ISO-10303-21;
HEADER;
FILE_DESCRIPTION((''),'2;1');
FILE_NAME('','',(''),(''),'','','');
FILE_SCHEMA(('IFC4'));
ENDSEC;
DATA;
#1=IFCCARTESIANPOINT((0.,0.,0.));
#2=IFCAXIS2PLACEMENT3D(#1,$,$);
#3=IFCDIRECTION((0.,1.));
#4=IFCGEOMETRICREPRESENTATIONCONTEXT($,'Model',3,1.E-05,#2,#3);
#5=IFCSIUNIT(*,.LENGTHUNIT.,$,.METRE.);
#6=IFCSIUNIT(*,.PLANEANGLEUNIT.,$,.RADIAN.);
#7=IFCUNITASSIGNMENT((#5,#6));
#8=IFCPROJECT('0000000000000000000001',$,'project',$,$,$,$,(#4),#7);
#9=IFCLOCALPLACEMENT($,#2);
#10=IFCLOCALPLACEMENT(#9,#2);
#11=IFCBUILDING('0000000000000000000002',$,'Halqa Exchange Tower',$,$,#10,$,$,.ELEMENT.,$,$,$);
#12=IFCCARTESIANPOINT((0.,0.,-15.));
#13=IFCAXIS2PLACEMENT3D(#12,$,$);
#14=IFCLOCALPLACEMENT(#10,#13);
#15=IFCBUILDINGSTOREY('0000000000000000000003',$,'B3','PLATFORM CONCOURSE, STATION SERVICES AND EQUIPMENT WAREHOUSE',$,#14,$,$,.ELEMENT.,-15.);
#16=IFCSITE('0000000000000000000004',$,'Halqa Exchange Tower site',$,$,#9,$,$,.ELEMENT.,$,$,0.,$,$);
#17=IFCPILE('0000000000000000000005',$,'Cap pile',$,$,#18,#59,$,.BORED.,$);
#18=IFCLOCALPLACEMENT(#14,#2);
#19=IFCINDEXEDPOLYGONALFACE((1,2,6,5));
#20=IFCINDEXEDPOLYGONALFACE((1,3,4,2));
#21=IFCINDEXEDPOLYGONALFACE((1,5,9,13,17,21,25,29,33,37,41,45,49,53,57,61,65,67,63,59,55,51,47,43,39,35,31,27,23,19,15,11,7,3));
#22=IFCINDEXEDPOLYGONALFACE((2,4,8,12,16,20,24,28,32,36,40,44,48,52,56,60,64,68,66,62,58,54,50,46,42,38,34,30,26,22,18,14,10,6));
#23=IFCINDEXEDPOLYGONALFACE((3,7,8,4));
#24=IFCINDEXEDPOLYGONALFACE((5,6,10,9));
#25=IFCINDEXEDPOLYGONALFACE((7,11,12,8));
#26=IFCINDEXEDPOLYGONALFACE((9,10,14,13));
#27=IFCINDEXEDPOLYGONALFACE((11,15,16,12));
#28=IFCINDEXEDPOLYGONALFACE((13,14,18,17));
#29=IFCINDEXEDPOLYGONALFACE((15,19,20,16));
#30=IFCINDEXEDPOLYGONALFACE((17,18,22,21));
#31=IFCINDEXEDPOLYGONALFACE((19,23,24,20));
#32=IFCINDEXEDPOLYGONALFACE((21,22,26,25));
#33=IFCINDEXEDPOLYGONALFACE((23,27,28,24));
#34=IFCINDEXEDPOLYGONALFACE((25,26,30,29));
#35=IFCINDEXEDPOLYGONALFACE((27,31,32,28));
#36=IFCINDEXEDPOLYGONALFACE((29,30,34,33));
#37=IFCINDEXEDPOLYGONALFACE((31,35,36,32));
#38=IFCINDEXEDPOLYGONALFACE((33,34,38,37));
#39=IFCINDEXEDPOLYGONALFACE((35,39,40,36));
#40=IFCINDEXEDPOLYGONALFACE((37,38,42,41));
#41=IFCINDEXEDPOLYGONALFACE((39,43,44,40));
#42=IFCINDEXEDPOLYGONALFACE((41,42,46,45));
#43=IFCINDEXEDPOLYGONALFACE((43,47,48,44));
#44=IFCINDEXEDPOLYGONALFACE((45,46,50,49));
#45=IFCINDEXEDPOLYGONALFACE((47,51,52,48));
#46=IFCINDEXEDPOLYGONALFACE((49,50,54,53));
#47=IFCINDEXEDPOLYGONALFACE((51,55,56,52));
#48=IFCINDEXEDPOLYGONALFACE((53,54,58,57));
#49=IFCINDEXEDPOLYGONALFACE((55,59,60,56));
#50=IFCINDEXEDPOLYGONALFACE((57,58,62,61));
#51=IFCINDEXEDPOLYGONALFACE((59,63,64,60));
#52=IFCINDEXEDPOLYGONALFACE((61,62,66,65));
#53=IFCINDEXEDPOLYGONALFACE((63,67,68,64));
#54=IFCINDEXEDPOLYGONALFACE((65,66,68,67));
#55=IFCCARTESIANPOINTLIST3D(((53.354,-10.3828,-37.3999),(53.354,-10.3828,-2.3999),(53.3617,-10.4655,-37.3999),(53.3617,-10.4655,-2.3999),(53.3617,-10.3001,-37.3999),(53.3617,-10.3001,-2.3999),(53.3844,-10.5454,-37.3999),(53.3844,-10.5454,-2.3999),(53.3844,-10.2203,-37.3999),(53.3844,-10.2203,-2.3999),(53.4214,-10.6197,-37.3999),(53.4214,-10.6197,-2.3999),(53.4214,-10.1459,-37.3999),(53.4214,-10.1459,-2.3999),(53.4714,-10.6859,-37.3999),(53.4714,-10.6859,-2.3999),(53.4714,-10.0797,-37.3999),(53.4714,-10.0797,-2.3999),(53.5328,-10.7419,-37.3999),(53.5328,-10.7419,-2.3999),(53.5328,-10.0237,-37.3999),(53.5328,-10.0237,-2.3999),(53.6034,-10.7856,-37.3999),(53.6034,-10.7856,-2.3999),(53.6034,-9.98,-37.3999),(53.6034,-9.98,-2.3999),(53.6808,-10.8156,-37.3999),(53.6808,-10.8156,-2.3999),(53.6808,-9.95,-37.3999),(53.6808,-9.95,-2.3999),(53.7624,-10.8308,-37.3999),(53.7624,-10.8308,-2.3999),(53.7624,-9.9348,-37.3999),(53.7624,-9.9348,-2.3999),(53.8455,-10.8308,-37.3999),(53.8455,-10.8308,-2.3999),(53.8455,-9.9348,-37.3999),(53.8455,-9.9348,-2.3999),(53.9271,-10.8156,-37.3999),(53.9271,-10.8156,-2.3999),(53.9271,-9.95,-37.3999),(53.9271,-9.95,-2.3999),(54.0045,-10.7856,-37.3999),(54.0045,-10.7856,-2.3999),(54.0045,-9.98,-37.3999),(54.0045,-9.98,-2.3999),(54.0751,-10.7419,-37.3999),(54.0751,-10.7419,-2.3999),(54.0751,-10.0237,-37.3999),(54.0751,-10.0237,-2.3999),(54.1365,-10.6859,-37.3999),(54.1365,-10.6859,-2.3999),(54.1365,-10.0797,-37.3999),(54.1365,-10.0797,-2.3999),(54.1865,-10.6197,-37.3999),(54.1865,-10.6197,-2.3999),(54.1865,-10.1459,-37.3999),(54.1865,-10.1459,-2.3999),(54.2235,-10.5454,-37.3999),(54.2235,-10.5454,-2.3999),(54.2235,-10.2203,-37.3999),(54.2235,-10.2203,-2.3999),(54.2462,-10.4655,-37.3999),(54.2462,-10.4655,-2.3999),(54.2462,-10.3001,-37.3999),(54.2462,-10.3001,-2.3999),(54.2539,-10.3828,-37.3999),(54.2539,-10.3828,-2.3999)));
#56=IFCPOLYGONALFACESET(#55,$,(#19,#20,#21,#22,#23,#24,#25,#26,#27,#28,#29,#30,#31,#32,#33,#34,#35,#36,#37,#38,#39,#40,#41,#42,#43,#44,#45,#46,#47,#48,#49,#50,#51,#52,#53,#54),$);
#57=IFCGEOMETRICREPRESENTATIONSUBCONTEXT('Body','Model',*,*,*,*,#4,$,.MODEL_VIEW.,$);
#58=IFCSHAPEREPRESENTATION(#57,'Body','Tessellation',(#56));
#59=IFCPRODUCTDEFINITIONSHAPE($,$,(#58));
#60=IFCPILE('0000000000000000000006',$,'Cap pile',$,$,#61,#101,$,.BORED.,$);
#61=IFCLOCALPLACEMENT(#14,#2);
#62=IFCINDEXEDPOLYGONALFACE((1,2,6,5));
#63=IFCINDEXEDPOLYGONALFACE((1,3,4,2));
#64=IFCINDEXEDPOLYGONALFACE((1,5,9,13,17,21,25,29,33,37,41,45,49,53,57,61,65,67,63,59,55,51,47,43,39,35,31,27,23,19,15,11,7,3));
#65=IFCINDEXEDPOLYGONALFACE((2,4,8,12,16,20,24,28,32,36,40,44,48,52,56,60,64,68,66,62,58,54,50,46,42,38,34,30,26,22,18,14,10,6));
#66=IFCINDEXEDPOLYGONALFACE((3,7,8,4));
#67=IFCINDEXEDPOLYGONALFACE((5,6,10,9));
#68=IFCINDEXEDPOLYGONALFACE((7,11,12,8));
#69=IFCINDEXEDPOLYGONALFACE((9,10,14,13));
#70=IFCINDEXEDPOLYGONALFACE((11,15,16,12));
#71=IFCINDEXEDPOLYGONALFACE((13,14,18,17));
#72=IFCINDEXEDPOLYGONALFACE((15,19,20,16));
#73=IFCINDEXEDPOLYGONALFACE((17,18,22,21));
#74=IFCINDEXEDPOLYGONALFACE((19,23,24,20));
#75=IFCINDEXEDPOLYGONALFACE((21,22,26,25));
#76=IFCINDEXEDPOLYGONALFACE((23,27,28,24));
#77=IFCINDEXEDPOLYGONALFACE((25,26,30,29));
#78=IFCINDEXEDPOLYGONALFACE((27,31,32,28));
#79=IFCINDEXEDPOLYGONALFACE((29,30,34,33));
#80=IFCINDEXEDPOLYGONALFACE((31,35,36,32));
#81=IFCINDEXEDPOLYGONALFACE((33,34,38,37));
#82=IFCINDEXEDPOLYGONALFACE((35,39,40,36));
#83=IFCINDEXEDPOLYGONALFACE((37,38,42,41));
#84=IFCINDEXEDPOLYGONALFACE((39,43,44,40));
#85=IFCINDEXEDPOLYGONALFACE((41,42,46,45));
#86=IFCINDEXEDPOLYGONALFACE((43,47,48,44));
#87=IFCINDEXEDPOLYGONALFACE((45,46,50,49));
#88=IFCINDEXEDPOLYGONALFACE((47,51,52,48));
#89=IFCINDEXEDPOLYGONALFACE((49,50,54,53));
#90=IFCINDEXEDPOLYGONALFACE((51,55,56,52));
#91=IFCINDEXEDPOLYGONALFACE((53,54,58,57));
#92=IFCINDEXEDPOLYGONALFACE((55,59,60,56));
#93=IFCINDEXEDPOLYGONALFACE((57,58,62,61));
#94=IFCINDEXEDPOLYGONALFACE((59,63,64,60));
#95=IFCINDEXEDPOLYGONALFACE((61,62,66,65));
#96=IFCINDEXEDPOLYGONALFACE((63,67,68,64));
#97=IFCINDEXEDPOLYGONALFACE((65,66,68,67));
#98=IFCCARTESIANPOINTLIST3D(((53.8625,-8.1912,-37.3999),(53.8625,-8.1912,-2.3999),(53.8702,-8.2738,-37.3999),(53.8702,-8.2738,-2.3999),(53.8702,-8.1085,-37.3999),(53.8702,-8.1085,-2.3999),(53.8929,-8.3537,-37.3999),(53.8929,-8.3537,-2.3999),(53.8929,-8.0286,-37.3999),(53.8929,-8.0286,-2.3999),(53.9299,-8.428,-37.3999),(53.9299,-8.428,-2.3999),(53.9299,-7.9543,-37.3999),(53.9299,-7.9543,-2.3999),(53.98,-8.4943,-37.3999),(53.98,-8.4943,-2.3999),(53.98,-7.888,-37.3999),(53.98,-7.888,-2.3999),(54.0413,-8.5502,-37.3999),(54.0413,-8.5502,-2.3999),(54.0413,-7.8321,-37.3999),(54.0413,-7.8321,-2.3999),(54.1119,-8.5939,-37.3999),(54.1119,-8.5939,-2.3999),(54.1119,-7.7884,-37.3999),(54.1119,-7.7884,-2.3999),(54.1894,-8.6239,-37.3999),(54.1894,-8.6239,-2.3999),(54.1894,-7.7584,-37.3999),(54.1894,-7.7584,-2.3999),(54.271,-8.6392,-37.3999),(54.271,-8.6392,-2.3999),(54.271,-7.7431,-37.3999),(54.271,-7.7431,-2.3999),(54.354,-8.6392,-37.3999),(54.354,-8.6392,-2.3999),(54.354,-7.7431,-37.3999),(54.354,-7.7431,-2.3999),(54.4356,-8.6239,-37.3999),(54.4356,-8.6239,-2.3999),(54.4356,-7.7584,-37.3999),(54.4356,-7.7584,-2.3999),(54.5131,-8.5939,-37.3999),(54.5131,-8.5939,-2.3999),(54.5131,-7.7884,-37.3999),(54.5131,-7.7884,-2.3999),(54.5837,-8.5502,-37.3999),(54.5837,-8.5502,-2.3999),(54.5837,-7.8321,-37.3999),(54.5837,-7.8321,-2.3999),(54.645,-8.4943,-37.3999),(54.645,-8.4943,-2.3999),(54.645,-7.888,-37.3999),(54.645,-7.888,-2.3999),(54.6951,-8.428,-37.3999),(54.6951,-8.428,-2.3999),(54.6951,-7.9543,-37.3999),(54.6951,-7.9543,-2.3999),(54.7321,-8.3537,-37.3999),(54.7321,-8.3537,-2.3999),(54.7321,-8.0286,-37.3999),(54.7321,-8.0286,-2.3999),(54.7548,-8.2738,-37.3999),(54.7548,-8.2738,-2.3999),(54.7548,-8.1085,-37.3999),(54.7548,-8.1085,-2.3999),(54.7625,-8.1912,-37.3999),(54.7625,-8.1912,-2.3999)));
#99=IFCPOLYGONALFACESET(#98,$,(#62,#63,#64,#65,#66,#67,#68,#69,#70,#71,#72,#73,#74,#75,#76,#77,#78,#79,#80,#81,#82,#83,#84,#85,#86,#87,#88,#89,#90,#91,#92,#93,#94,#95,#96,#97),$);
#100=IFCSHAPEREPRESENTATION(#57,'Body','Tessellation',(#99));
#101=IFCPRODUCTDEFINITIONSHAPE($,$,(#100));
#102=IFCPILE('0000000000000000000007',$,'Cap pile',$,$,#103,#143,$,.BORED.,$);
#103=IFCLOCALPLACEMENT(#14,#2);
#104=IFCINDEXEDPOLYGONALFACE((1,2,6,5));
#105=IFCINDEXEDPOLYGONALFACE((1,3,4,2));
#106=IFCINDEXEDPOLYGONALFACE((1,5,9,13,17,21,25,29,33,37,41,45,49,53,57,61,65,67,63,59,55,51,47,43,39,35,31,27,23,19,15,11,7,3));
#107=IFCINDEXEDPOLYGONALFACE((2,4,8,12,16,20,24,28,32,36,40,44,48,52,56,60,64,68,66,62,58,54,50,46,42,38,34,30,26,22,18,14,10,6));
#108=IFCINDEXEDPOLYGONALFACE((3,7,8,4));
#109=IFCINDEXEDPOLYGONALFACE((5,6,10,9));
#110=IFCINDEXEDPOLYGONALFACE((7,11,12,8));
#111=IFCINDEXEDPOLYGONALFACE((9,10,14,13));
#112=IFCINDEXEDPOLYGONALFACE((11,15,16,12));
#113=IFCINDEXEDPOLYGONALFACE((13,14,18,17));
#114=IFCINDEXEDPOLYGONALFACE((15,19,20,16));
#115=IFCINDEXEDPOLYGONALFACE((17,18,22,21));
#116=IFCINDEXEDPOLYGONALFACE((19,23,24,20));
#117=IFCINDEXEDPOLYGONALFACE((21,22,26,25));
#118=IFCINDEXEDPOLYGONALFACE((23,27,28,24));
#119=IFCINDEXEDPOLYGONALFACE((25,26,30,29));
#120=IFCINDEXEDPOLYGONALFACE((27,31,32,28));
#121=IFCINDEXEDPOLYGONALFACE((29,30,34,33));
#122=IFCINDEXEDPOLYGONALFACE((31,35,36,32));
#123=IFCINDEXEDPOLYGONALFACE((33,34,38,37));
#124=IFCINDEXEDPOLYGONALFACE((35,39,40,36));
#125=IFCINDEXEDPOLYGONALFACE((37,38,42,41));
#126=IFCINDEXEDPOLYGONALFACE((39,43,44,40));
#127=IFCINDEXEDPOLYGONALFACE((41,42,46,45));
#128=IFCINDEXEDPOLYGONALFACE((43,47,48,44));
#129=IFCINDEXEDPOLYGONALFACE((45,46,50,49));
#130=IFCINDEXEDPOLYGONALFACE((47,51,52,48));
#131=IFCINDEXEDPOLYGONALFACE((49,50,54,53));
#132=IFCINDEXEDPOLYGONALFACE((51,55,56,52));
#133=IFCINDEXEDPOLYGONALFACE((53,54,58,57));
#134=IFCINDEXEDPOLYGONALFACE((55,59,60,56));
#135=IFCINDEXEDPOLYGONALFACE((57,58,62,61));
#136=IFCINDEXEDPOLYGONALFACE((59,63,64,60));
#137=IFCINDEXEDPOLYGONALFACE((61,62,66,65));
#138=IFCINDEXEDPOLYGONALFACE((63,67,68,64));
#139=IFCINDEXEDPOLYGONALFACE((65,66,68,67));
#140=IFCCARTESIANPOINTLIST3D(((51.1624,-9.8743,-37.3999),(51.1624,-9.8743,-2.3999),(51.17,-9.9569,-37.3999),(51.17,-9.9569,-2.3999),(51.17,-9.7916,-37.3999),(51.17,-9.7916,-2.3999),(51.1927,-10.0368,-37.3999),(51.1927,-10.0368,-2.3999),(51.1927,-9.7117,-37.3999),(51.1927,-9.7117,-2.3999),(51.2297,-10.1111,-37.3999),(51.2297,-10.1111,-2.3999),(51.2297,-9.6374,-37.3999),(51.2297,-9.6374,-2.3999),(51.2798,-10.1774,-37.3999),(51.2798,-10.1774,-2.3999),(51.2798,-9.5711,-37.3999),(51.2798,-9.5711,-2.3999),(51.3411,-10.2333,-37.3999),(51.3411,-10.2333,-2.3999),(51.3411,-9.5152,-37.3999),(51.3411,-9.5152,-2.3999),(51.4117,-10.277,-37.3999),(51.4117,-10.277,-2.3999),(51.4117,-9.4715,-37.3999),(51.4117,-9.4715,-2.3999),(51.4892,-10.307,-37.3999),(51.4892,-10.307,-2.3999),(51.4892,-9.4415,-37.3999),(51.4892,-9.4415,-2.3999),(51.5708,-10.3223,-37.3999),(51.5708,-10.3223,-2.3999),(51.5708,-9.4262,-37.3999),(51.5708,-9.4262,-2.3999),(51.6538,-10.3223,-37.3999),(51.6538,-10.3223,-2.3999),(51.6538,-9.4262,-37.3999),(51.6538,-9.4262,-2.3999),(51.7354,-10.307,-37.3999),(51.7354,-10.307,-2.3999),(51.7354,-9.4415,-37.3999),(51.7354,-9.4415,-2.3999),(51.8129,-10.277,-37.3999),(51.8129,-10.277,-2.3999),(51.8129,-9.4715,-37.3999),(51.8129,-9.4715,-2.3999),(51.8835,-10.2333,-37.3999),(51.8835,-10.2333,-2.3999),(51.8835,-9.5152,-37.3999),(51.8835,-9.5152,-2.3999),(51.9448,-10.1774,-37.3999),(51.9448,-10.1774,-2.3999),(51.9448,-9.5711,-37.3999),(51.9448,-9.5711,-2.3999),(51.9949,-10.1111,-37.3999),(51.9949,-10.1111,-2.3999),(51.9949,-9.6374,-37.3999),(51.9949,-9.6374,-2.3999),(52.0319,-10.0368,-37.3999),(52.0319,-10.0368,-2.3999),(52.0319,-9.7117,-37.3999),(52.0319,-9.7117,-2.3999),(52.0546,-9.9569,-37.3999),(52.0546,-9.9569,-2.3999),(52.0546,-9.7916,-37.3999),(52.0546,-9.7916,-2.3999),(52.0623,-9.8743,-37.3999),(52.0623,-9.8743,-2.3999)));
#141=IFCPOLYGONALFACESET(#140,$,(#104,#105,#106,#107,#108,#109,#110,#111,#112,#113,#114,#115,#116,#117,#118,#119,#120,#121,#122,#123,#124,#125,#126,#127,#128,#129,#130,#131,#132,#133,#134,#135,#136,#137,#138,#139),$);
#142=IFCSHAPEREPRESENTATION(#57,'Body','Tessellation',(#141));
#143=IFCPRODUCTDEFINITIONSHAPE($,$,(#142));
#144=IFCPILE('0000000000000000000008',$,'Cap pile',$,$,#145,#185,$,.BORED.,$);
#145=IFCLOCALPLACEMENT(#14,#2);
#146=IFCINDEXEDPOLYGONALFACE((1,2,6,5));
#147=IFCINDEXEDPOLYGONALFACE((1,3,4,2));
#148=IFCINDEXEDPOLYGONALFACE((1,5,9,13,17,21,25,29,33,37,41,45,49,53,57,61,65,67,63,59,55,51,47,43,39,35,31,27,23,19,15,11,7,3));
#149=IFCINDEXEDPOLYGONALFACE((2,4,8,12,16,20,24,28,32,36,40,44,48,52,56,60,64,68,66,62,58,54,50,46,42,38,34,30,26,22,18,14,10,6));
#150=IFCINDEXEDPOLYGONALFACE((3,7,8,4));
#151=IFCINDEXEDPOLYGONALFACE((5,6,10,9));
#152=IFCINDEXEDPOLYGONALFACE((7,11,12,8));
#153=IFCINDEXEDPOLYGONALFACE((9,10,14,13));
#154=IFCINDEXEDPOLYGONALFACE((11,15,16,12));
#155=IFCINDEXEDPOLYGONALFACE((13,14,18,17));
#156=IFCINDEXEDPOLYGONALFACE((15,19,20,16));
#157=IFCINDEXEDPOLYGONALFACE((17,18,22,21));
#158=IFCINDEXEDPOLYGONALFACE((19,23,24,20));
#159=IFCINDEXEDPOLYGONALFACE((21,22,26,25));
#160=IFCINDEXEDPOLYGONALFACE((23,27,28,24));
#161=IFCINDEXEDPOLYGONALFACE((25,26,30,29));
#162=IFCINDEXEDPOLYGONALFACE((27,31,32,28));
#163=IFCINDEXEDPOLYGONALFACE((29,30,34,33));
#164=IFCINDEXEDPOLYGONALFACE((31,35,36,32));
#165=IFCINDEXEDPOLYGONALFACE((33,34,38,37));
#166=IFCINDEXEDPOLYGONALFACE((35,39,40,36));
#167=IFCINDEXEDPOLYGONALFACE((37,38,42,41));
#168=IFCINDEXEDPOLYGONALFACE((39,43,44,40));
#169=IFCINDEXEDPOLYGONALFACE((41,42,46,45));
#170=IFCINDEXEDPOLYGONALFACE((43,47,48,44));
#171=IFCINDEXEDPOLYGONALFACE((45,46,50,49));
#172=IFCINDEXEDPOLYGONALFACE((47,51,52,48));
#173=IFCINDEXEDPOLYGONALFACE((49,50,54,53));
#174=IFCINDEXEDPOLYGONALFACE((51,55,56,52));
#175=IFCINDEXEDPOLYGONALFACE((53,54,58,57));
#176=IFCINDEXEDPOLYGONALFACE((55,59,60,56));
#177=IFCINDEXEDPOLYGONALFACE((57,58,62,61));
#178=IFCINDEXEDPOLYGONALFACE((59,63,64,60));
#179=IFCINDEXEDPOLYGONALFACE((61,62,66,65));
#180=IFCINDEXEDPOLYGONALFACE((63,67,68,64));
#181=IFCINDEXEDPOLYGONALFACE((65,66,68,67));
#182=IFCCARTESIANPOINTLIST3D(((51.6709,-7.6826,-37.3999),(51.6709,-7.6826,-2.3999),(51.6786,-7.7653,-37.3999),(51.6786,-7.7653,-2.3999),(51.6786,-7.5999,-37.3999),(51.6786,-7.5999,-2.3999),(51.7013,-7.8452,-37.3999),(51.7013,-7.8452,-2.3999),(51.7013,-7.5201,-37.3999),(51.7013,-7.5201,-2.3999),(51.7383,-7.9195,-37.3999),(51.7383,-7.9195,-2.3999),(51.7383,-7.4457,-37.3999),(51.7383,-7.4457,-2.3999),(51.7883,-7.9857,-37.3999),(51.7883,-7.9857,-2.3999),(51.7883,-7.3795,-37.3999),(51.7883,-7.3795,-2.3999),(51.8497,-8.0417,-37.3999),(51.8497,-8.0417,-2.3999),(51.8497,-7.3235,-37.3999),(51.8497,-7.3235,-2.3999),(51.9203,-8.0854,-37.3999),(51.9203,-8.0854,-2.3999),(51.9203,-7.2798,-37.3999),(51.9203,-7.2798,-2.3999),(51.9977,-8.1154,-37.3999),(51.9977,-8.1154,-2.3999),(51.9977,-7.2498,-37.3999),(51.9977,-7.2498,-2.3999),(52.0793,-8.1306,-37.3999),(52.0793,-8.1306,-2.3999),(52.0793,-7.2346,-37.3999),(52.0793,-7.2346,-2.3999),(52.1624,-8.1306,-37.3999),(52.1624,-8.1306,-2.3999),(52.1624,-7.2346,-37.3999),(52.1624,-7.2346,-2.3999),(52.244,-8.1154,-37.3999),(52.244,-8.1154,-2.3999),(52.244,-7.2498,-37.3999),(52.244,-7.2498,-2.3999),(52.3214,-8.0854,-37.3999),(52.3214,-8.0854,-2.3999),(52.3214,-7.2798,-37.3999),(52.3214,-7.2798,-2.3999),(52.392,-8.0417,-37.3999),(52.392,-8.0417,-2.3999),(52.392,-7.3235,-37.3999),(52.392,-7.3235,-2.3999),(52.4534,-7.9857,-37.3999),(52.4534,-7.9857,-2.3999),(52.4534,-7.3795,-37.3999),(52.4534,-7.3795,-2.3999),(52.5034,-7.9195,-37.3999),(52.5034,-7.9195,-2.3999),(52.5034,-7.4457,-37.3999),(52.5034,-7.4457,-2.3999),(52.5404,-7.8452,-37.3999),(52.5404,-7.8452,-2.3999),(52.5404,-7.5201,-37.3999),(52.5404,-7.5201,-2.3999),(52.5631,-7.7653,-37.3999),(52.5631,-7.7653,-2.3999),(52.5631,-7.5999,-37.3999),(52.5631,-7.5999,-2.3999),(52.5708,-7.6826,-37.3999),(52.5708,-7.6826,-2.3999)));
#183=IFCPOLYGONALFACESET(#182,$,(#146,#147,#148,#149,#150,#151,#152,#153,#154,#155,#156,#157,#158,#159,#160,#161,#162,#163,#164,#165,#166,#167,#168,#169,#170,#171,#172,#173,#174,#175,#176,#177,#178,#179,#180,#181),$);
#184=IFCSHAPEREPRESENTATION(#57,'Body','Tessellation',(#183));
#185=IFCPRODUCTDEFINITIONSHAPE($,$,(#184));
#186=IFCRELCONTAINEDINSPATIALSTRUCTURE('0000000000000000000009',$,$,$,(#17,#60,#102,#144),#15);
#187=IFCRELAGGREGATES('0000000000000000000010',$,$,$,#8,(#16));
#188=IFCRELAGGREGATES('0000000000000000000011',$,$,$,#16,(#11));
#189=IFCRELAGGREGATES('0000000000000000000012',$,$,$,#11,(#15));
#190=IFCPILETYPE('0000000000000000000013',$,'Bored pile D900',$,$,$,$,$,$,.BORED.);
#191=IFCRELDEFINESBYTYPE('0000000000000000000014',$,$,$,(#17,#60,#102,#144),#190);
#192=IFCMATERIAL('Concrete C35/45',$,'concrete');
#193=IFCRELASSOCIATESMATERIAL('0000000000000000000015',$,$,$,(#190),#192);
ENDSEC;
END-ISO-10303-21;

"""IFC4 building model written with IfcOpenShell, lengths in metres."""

from ifc_helpers import new_model, si_unit, direction, frame, origin, origin_2d, place, context, subcontext, project, spatial, circle, extrude, material, material_profile, profile_set, type_object, element, save


model = new_model("IFC4")

# Units and contexts
model_context = context("Model", 3, precision=1e-05, world=origin(), true_north=direction((0.0, 1.0)))
body_context = subcontext(model_context, "Body", "Model", "MODEL_VIEW")
ifc_project = project(units=[si_unit("LENGTHUNIT", "METRE"), si_unit("PLANEANGLEUNIT", "RADIAN")], contexts=[model_context])

# Site, building, storey
site_placement = place(None, origin())
site = spatial("IfcSite", under=ifc_project, at=site_placement, Name="Halqa Exchange Tower site", CompositionType="ELEMENT", RefElevation=0.0)
building_placement = place(site_placement, origin())
building = spatial("IfcBuilding", under=site, at=building_placement, Name="Halqa Exchange Tower", CompositionType="ELEMENT")
storey_placement = place(building_placement, frame((0.0, 0.0, -15.0)))
storey = spatial("IfcBuildingStorey", under=building, at=storey_placement, Name="B3", Description="PLATFORM CONCOURSE, STATION SERVICES AND EQUIPMENT WAREHOUSE", CompositionType="ELEMENT", Elevation=-15.0)

# Piles
ifc_material_1 = material(Name="Concrete C35/45", Category="concrete")
ifc_material_profile_1 = material_profile(ifc_material_1, circle(Radius=0.45, at=origin_2d()), Name="D900")
ifc_profile_set_1 = profile_set([ifc_material_profile_1], Name="Concrete C35/45")
pile_type = type_object("IfcPileType", Name="Bored pile D900", PredefinedType="BORED", material=ifc_profile_set_1)
for number, where, z_axis, x_axis, name in (
    (1, (53.804, -10.3828, -2.3999), (0.0, 0.0, -1.0), (1.0, 0.0, 0.0), "Cap pile"),
    (2, (54.3125, -8.1912, -2.3999), (0.0, 0.0, -1.0), (1.0, 0.0, 0.0), "Cap pile"),
    (3, (51.6123, -9.8743, -2.3999), (0.0, 0.0, -1.0), (1.0, 0.0, 0.0), "Cap pile"),
    (4, (52.1208, -7.6826, -2.3999), (0.0, 0.0, -1.0), (1.0, 0.0, 0.0), "Cap pile"),
):
    element("IfcPile", number, at=place(storey_placement, frame(where, z_axis=z_axis, x_axis=x_axis)), inside=storey, type_object=pile_type, Name=name, PredefinedType="BORED", context=body_context, shape_type="SweptSolid", body=[
        extrude(circle(Radius=0.45, at=origin_2d()), origin(), (0.0, 0.0, 1.0), 35.0),
    ])

save(model, "model.ifc")
